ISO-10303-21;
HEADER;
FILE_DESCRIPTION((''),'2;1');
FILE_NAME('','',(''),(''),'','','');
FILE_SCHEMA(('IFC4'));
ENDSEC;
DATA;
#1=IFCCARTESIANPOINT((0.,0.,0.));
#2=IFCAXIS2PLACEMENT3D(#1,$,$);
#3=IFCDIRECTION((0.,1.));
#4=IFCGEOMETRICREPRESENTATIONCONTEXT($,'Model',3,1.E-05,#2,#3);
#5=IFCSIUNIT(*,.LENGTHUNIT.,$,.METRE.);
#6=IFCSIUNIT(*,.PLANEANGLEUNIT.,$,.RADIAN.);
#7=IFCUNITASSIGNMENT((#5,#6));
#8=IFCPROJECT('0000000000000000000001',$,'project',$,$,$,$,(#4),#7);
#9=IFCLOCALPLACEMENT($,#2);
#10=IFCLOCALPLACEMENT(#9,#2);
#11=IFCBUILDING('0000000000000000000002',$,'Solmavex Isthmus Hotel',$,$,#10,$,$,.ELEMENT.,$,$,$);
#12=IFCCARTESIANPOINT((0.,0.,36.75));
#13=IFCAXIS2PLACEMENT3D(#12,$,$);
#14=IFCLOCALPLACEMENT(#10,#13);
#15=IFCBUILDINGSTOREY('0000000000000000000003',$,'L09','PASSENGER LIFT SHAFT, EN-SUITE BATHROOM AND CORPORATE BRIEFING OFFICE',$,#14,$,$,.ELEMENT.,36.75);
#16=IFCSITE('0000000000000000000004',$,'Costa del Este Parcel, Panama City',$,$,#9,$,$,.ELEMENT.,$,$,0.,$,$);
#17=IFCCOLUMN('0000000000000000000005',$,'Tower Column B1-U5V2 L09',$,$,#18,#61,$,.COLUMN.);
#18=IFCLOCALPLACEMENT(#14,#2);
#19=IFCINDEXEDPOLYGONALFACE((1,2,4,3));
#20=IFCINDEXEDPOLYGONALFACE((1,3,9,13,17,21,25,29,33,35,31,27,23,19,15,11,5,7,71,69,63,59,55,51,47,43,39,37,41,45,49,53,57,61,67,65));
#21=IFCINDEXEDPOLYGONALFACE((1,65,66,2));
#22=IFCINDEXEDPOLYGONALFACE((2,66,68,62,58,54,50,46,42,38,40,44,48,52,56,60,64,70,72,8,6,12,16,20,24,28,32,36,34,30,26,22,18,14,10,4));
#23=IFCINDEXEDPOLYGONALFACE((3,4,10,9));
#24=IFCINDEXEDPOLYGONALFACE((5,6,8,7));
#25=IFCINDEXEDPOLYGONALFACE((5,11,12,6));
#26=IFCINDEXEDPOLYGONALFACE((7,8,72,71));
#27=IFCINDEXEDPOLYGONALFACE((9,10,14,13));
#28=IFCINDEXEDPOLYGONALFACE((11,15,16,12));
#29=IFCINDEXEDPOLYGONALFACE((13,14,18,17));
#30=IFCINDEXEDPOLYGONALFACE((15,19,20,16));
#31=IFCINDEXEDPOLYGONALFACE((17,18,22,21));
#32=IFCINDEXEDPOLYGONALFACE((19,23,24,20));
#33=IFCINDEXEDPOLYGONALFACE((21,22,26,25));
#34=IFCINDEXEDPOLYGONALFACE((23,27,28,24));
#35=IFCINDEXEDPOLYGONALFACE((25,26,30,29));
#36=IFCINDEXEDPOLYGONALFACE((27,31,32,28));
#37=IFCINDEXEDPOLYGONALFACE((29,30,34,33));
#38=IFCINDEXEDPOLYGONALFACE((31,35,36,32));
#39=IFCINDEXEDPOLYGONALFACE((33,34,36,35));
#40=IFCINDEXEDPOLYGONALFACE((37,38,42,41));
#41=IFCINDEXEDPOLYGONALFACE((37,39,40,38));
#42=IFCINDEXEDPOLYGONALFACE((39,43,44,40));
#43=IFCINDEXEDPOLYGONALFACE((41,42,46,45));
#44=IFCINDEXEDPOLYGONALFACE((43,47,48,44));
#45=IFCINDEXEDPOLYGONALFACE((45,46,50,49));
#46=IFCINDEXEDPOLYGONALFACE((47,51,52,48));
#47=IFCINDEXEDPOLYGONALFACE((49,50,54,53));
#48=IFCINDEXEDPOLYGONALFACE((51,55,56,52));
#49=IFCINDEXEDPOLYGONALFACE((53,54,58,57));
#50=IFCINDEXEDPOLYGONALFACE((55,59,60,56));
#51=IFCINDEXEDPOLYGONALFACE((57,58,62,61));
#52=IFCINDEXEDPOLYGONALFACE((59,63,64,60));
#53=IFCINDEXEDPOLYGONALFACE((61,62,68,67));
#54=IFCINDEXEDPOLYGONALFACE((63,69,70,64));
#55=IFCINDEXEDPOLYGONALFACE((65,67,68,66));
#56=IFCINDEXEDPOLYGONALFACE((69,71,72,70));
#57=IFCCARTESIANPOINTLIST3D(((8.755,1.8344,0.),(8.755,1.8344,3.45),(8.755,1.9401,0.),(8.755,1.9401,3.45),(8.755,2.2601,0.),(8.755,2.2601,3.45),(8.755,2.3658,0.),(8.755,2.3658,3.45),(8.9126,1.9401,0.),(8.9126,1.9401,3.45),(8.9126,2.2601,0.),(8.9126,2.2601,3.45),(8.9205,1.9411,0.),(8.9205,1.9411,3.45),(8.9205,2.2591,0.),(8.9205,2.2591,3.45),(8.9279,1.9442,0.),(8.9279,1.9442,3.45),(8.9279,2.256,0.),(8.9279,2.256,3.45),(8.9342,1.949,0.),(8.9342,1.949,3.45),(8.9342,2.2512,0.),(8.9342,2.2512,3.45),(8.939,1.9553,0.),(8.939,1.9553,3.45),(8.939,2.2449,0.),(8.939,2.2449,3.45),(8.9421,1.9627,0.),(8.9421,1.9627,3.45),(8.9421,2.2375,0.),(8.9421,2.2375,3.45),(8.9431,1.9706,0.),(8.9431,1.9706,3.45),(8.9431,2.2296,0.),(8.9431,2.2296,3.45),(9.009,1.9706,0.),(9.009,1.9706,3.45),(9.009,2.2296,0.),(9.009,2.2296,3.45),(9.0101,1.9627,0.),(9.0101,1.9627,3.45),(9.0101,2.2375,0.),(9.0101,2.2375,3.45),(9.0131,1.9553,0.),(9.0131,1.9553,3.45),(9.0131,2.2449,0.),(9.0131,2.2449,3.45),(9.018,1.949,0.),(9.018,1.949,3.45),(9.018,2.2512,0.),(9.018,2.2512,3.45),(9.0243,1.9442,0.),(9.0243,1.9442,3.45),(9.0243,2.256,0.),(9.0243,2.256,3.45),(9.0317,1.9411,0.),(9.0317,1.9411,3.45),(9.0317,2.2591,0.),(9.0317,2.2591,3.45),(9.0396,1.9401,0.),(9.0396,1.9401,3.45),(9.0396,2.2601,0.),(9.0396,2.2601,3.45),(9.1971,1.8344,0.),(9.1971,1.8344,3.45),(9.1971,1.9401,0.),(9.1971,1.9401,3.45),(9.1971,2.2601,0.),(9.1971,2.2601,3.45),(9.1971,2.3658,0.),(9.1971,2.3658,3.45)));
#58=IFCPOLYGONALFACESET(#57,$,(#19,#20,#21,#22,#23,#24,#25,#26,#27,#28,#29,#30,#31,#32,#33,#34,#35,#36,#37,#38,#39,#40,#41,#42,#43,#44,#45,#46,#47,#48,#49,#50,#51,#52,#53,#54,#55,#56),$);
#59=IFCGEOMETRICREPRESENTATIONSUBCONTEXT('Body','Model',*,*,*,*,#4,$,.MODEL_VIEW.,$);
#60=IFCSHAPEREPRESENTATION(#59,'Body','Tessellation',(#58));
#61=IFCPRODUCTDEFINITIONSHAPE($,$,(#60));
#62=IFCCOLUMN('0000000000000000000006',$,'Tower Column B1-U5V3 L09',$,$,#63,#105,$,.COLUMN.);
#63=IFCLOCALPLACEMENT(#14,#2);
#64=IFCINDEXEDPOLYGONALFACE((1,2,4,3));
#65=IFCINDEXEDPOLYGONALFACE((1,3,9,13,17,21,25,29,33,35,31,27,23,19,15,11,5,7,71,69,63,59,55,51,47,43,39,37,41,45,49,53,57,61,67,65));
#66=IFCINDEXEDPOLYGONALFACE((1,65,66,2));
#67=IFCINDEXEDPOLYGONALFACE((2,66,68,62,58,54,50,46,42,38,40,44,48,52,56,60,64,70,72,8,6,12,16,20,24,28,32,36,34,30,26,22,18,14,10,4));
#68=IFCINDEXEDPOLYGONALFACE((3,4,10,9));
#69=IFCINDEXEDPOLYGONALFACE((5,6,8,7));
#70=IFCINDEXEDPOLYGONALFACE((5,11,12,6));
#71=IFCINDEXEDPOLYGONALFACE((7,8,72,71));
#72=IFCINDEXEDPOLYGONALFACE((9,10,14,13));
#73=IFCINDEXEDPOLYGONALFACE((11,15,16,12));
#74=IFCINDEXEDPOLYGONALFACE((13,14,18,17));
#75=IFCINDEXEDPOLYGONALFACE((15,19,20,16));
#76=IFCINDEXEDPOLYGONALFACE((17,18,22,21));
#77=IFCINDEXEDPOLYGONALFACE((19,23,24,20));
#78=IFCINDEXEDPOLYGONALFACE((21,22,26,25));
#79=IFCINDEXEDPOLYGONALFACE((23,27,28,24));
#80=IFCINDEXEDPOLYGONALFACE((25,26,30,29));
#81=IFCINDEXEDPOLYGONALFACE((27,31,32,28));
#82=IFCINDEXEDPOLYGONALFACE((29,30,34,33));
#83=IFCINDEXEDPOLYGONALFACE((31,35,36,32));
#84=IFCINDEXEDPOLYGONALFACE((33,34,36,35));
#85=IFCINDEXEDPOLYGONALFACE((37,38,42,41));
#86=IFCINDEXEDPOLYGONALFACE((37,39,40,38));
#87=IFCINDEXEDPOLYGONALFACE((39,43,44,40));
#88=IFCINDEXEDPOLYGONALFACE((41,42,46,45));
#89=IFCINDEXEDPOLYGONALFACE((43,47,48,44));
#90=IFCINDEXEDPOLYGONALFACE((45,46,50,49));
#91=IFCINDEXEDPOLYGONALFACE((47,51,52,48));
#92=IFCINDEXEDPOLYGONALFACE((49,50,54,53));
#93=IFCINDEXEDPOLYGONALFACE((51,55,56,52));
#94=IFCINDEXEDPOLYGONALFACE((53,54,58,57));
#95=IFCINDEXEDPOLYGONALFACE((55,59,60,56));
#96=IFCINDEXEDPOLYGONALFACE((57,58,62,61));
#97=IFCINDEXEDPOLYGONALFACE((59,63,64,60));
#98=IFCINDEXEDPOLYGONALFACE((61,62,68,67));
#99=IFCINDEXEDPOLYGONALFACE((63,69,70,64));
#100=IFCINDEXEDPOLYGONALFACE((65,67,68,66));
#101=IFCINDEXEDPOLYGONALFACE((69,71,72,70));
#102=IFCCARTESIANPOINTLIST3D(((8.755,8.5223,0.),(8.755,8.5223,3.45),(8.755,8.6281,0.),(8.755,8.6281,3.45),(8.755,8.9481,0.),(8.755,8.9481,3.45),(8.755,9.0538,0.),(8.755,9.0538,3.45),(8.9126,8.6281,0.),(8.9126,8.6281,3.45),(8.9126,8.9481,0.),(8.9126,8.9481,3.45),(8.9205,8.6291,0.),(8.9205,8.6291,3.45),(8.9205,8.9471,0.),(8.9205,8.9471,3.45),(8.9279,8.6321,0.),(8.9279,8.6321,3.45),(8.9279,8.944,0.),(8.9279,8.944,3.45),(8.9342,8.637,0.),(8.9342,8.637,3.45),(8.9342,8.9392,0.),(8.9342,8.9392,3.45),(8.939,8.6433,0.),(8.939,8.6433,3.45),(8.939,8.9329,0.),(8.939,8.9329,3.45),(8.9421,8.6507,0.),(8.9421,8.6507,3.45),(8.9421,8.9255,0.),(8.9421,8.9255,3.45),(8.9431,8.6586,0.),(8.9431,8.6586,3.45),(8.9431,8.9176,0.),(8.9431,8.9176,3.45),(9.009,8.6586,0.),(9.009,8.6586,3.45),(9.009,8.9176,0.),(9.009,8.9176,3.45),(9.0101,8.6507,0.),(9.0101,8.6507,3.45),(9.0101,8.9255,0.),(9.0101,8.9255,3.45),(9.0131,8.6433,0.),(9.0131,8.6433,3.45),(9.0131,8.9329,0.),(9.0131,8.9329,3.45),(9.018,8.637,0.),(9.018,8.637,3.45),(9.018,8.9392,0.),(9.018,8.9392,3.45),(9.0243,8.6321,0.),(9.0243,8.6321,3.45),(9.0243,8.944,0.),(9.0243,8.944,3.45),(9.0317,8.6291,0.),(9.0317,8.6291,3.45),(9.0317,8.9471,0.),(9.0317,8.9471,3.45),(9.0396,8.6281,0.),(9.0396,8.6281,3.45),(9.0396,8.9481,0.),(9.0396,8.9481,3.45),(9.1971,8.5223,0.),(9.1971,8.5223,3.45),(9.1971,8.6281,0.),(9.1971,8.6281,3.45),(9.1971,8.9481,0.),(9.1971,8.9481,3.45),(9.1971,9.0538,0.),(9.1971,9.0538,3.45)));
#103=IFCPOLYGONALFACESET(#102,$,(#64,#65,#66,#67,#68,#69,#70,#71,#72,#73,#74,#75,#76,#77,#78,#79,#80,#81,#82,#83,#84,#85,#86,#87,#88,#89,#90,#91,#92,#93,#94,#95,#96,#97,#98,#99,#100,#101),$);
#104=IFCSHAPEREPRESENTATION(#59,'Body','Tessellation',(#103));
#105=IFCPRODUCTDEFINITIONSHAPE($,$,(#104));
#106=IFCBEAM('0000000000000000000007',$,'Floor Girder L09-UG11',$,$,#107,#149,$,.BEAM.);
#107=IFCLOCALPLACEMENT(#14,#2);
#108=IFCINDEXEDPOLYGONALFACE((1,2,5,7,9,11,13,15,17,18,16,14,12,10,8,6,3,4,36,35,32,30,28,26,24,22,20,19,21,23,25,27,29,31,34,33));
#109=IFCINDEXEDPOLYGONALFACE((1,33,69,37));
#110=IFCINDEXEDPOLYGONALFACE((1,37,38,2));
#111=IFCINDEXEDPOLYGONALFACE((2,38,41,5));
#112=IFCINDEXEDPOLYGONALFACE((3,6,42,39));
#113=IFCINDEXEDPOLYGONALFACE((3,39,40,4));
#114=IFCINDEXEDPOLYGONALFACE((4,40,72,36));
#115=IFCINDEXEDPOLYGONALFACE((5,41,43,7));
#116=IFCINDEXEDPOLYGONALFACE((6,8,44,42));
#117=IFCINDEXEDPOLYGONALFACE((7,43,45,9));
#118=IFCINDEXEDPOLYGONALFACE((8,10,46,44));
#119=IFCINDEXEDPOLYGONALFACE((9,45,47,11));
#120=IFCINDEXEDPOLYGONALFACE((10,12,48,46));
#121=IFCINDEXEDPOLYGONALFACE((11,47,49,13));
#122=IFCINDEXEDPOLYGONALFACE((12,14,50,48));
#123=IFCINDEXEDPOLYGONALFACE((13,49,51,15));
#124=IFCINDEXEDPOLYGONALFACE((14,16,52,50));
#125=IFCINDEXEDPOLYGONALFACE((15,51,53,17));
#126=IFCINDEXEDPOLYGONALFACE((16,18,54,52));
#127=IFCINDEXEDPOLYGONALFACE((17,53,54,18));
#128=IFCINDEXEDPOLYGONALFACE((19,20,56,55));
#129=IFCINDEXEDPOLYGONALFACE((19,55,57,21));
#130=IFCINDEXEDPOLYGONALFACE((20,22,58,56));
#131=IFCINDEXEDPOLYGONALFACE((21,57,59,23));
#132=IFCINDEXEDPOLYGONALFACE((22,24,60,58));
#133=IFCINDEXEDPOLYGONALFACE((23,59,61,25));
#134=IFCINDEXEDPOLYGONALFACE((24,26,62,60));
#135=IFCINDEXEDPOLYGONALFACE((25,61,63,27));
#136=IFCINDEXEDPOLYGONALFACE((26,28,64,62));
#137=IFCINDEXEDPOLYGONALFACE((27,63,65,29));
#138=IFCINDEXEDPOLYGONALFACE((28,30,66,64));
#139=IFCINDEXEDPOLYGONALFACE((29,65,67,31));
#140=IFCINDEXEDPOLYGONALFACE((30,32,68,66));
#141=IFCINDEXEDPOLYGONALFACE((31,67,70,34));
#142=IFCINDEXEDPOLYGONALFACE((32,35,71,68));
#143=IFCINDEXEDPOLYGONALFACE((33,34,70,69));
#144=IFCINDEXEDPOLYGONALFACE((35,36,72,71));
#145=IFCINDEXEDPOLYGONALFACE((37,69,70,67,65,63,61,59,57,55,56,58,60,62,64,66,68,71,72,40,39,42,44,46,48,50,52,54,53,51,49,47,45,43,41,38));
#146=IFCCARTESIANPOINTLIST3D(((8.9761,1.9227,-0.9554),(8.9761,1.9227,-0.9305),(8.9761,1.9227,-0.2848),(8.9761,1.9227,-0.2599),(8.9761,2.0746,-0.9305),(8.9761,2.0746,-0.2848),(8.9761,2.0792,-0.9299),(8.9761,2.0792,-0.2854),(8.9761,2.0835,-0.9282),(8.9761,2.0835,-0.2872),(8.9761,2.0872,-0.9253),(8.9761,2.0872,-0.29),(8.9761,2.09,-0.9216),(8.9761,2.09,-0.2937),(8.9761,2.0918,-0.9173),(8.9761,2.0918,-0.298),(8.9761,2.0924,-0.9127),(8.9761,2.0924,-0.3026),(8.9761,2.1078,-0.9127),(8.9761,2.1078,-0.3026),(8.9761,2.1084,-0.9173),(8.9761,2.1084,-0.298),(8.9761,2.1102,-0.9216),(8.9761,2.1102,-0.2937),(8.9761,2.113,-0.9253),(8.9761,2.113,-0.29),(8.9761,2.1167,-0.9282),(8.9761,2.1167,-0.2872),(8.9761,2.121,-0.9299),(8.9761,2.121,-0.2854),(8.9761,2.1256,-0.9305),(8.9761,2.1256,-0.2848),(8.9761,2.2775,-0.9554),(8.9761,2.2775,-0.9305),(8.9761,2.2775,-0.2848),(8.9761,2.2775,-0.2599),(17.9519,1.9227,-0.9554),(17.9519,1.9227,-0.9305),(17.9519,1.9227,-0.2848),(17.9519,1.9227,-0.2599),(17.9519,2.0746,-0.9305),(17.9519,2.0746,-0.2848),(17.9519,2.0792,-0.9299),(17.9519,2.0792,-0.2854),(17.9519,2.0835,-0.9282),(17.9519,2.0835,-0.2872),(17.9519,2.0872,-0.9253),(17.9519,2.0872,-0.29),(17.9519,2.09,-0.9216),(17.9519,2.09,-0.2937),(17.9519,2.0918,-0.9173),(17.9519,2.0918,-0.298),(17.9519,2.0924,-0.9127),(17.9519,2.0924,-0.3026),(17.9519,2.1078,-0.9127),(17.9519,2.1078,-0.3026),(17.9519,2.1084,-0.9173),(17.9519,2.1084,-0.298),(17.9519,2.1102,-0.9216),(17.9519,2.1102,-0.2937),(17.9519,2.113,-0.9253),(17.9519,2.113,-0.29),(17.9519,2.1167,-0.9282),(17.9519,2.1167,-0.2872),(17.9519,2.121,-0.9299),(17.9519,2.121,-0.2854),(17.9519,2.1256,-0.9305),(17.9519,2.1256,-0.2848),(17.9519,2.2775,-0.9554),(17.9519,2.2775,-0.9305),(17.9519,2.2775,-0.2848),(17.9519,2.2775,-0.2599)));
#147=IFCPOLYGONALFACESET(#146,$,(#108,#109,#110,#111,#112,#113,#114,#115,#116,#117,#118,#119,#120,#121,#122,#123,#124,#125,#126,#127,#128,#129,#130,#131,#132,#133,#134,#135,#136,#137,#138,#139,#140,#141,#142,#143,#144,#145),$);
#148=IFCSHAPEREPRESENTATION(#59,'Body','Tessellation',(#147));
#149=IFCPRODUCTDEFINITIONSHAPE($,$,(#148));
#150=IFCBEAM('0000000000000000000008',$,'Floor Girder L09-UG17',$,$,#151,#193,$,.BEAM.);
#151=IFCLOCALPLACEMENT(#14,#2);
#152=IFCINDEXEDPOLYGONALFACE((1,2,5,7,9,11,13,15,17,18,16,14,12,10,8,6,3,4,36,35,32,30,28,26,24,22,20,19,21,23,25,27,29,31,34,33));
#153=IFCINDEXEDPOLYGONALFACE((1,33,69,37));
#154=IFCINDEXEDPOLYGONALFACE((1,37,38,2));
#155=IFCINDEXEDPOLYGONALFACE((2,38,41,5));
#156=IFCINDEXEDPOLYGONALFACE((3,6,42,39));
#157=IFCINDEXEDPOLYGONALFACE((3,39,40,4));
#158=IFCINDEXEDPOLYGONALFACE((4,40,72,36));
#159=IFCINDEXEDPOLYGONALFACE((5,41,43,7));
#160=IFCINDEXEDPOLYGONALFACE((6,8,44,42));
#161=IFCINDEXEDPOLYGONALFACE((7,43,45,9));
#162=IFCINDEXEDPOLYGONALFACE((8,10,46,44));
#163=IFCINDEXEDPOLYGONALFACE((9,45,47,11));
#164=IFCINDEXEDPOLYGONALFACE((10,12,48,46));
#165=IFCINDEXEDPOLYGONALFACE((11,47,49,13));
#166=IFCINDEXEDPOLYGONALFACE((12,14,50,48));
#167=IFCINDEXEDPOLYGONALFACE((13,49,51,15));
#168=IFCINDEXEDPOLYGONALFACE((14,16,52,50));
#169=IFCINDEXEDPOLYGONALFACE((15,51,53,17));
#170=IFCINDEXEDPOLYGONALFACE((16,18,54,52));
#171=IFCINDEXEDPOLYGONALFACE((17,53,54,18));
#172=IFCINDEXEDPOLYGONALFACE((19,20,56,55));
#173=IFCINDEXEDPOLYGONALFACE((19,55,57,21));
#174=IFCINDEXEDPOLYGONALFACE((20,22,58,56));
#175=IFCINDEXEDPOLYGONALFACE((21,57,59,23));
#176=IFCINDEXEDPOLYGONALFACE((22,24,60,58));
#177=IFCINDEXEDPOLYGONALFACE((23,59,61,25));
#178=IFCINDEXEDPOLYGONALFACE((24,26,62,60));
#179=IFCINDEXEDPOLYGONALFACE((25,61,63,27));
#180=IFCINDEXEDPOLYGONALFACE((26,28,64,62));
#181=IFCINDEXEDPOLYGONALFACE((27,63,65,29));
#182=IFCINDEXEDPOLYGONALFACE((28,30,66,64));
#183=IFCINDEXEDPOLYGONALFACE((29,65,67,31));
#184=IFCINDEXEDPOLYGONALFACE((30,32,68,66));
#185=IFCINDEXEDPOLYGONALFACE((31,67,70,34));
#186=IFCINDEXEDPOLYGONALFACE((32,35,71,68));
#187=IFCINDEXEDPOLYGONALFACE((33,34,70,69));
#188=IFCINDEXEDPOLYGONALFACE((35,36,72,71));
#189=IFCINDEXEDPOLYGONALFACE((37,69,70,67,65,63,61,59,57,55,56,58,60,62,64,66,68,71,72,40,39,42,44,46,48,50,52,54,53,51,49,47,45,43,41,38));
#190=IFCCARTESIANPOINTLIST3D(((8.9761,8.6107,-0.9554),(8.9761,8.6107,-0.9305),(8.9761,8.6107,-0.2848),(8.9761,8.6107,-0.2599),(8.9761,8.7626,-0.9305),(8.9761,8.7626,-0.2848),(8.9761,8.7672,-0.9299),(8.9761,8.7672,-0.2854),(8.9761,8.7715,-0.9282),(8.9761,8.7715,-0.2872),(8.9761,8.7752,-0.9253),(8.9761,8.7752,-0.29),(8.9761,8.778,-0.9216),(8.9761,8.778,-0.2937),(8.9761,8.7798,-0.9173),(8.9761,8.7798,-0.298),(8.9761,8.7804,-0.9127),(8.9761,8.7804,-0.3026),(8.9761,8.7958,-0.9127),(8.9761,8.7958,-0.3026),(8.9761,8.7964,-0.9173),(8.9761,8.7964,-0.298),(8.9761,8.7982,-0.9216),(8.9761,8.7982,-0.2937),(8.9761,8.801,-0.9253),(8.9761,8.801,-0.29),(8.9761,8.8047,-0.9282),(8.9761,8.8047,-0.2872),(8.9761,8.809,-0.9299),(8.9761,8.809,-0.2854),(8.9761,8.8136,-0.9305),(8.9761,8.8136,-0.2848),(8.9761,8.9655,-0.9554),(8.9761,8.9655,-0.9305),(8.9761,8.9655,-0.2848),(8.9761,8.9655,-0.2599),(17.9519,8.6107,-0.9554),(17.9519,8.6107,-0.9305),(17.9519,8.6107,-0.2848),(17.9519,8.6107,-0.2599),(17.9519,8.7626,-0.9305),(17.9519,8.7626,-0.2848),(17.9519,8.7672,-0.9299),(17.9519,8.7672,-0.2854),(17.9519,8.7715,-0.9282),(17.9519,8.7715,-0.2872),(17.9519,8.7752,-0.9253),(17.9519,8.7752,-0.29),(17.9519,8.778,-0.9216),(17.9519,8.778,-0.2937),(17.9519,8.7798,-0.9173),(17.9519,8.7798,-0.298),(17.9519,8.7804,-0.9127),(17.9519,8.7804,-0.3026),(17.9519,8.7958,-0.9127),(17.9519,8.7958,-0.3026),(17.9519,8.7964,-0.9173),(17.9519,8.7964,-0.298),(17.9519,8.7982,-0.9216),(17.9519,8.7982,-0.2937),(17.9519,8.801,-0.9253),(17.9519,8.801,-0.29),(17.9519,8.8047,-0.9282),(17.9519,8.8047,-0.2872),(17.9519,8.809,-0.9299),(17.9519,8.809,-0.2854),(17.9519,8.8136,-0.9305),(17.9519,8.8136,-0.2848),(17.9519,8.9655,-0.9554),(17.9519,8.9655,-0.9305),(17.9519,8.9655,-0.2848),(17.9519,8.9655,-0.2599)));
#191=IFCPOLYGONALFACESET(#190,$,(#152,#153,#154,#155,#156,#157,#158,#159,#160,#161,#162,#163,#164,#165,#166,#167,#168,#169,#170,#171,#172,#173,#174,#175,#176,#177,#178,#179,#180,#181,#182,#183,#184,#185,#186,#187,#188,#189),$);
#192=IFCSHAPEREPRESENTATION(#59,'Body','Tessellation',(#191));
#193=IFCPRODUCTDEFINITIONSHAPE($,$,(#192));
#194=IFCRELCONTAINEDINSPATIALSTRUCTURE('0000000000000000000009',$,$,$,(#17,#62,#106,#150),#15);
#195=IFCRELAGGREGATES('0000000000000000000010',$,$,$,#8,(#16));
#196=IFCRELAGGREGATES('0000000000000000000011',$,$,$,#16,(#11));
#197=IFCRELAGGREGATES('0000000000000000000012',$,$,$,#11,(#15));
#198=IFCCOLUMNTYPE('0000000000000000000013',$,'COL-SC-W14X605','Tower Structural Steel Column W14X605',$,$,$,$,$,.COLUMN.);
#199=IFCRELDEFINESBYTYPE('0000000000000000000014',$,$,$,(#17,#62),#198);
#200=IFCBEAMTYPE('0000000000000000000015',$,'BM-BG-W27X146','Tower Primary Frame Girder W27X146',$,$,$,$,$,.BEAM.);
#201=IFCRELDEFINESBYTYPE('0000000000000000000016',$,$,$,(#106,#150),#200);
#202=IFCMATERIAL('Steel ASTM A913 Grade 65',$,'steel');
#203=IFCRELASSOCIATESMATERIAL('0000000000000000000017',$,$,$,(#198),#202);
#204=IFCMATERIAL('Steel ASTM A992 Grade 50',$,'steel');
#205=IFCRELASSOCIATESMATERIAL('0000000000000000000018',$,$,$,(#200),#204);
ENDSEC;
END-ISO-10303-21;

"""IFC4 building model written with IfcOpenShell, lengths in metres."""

from ifc_helpers import new_model, si_unit, direction, frame, origin, origin_2d, place, context, subcontext, project, spatial, i_section, extrude, material, material_profile, profile_set, type_object, element, save


model = new_model("IFC4")

# Units and contexts
model_context = context("Model", 3, precision=1e-05, world=origin(), true_north=direction((0.0, 1.0)))
body_context = subcontext(model_context, "Body", "Model", "MODEL_VIEW")
ifc_project = project(units=[si_unit("LENGTHUNIT", "METRE"), si_unit("PLANEANGLEUNIT", "RADIAN")], contexts=[model_context])

# Site, building, storey
site_placement = place(None, origin())
site = spatial("IfcSite", under=ifc_project, at=site_placement, Name="Costa del Este Parcel, Panama City", CompositionType="ELEMENT", RefElevation=0.0)
building_placement = place(site_placement, origin())
building = spatial("IfcBuilding", under=site, at=building_placement, Name="Solmavex Isthmus Hotel", CompositionType="ELEMENT")
storey_placement = place(building_placement, frame((0.0, 0.0, 36.75)))
storey = spatial("IfcBuildingStorey", under=building, at=storey_placement, Name="L09", Description="PASSENGER LIFT SHAFT, EN-SUITE BATHROOM AND CORPORATE BRIEFING OFFICE", CompositionType="ELEMENT", Elevation=36.75)

# Columns
ifc_material_1 = material(Name="Steel ASTM A913 Grade 65", Category="steel")
ifc_material_profile_1 = material_profile(ifc_material_1, i_section(OverallWidth=0.4421, OverallDepth=0.5315, WebThickness=0.0659, FlangeThickness=0.1057, FilletRadius=0.0305, at=origin_2d()), Name="W14X605")
ifc_profile_set_1 = profile_set([ifc_material_profile_1], Name="Steel ASTM A913 Grade 65")
column_type = type_object("IfcColumnType", Name="COL-SC-W14X605", Description="Tower Structural Steel Column W14X605", PredefinedType="COLUMN", material=ifc_profile_set_1)
for number, where, z_axis, x_axis, name in (
    (1, (8.9761, 2.1001, 0.0), (0.0, 0.0, 1.0), (1.0, 0.0, 0.0), "Tower Column B1-U5V2 L09"),
    (2, (8.9761, 8.7881, 0.0), (0.0, 0.0, 1.0), (1.0, 0.0, 0.0), "Tower Column B1-U5V3 L09"),
):
    element("IfcColumn", number, at=place(storey_placement, frame(where, z_axis=z_axis, x_axis=x_axis)), inside=storey, type_object=column_type, Name=name, PredefinedType="COLUMN", context=body_context, shape_type="SweptSolid", body=[
        extrude(i_section(OverallWidth=0.4421, OverallDepth=0.5315, WebThickness=0.0659, FlangeThickness=0.1057, FilletRadius=0.0305, at=origin_2d()), origin(), (0.0, 0.0, 1.0), 3.45),
    ])

# Beams
ifc_material_2 = material(Name="Steel ASTM A992 Grade 50", Category="steel")
ifc_material_profile_2 = material_profile(ifc_material_2, i_section(OverallWidth=0.3547, OverallDepth=0.6956, WebThickness=0.0154, FlangeThickness=0.0249, FilletRadius=0.0178, at=origin_2d()), Name="W27X146")
ifc_profile_set_2 = profile_set([ifc_material_profile_2], Name="Steel ASTM A992 Grade 50")
beam_type_1 = type_object("IfcBeamType", Name="BM-BG-W27X146", Description="Tower Primary Frame Girder W27X146", PredefinedType="BEAM", material=ifc_profile_set_2)
for number, where, z_axis, x_axis, name in (
    (3, (8.9761, 2.1001, -0.6077), (1.0, 0.0, 0.0), (0.0, 1.0, 0.0), "Floor Girder L09-UG11"),
    (4, (8.9761, 8.7881, -0.6077), (1.0, 0.0, 0.0), (0.0, 1.0, 0.0), "Floor Girder L09-UG17"),
):
    element("IfcBeam", number, at=place(storey_placement, frame(where, z_axis=z_axis, x_axis=x_axis)), inside=storey, type_object=beam_type_1, Name=name, PredefinedType="BEAM", context=body_context, shape_type="SweptSolid", body=[
        extrude(i_section(OverallWidth=0.3547, OverallDepth=0.6956, WebThickness=0.0154, FlangeThickness=0.0249, FilletRadius=0.0178, at=origin_2d()), origin(), (0.0, 0.0, 1.0), 8.9758),
    ])

save(model, "model.ifc")
